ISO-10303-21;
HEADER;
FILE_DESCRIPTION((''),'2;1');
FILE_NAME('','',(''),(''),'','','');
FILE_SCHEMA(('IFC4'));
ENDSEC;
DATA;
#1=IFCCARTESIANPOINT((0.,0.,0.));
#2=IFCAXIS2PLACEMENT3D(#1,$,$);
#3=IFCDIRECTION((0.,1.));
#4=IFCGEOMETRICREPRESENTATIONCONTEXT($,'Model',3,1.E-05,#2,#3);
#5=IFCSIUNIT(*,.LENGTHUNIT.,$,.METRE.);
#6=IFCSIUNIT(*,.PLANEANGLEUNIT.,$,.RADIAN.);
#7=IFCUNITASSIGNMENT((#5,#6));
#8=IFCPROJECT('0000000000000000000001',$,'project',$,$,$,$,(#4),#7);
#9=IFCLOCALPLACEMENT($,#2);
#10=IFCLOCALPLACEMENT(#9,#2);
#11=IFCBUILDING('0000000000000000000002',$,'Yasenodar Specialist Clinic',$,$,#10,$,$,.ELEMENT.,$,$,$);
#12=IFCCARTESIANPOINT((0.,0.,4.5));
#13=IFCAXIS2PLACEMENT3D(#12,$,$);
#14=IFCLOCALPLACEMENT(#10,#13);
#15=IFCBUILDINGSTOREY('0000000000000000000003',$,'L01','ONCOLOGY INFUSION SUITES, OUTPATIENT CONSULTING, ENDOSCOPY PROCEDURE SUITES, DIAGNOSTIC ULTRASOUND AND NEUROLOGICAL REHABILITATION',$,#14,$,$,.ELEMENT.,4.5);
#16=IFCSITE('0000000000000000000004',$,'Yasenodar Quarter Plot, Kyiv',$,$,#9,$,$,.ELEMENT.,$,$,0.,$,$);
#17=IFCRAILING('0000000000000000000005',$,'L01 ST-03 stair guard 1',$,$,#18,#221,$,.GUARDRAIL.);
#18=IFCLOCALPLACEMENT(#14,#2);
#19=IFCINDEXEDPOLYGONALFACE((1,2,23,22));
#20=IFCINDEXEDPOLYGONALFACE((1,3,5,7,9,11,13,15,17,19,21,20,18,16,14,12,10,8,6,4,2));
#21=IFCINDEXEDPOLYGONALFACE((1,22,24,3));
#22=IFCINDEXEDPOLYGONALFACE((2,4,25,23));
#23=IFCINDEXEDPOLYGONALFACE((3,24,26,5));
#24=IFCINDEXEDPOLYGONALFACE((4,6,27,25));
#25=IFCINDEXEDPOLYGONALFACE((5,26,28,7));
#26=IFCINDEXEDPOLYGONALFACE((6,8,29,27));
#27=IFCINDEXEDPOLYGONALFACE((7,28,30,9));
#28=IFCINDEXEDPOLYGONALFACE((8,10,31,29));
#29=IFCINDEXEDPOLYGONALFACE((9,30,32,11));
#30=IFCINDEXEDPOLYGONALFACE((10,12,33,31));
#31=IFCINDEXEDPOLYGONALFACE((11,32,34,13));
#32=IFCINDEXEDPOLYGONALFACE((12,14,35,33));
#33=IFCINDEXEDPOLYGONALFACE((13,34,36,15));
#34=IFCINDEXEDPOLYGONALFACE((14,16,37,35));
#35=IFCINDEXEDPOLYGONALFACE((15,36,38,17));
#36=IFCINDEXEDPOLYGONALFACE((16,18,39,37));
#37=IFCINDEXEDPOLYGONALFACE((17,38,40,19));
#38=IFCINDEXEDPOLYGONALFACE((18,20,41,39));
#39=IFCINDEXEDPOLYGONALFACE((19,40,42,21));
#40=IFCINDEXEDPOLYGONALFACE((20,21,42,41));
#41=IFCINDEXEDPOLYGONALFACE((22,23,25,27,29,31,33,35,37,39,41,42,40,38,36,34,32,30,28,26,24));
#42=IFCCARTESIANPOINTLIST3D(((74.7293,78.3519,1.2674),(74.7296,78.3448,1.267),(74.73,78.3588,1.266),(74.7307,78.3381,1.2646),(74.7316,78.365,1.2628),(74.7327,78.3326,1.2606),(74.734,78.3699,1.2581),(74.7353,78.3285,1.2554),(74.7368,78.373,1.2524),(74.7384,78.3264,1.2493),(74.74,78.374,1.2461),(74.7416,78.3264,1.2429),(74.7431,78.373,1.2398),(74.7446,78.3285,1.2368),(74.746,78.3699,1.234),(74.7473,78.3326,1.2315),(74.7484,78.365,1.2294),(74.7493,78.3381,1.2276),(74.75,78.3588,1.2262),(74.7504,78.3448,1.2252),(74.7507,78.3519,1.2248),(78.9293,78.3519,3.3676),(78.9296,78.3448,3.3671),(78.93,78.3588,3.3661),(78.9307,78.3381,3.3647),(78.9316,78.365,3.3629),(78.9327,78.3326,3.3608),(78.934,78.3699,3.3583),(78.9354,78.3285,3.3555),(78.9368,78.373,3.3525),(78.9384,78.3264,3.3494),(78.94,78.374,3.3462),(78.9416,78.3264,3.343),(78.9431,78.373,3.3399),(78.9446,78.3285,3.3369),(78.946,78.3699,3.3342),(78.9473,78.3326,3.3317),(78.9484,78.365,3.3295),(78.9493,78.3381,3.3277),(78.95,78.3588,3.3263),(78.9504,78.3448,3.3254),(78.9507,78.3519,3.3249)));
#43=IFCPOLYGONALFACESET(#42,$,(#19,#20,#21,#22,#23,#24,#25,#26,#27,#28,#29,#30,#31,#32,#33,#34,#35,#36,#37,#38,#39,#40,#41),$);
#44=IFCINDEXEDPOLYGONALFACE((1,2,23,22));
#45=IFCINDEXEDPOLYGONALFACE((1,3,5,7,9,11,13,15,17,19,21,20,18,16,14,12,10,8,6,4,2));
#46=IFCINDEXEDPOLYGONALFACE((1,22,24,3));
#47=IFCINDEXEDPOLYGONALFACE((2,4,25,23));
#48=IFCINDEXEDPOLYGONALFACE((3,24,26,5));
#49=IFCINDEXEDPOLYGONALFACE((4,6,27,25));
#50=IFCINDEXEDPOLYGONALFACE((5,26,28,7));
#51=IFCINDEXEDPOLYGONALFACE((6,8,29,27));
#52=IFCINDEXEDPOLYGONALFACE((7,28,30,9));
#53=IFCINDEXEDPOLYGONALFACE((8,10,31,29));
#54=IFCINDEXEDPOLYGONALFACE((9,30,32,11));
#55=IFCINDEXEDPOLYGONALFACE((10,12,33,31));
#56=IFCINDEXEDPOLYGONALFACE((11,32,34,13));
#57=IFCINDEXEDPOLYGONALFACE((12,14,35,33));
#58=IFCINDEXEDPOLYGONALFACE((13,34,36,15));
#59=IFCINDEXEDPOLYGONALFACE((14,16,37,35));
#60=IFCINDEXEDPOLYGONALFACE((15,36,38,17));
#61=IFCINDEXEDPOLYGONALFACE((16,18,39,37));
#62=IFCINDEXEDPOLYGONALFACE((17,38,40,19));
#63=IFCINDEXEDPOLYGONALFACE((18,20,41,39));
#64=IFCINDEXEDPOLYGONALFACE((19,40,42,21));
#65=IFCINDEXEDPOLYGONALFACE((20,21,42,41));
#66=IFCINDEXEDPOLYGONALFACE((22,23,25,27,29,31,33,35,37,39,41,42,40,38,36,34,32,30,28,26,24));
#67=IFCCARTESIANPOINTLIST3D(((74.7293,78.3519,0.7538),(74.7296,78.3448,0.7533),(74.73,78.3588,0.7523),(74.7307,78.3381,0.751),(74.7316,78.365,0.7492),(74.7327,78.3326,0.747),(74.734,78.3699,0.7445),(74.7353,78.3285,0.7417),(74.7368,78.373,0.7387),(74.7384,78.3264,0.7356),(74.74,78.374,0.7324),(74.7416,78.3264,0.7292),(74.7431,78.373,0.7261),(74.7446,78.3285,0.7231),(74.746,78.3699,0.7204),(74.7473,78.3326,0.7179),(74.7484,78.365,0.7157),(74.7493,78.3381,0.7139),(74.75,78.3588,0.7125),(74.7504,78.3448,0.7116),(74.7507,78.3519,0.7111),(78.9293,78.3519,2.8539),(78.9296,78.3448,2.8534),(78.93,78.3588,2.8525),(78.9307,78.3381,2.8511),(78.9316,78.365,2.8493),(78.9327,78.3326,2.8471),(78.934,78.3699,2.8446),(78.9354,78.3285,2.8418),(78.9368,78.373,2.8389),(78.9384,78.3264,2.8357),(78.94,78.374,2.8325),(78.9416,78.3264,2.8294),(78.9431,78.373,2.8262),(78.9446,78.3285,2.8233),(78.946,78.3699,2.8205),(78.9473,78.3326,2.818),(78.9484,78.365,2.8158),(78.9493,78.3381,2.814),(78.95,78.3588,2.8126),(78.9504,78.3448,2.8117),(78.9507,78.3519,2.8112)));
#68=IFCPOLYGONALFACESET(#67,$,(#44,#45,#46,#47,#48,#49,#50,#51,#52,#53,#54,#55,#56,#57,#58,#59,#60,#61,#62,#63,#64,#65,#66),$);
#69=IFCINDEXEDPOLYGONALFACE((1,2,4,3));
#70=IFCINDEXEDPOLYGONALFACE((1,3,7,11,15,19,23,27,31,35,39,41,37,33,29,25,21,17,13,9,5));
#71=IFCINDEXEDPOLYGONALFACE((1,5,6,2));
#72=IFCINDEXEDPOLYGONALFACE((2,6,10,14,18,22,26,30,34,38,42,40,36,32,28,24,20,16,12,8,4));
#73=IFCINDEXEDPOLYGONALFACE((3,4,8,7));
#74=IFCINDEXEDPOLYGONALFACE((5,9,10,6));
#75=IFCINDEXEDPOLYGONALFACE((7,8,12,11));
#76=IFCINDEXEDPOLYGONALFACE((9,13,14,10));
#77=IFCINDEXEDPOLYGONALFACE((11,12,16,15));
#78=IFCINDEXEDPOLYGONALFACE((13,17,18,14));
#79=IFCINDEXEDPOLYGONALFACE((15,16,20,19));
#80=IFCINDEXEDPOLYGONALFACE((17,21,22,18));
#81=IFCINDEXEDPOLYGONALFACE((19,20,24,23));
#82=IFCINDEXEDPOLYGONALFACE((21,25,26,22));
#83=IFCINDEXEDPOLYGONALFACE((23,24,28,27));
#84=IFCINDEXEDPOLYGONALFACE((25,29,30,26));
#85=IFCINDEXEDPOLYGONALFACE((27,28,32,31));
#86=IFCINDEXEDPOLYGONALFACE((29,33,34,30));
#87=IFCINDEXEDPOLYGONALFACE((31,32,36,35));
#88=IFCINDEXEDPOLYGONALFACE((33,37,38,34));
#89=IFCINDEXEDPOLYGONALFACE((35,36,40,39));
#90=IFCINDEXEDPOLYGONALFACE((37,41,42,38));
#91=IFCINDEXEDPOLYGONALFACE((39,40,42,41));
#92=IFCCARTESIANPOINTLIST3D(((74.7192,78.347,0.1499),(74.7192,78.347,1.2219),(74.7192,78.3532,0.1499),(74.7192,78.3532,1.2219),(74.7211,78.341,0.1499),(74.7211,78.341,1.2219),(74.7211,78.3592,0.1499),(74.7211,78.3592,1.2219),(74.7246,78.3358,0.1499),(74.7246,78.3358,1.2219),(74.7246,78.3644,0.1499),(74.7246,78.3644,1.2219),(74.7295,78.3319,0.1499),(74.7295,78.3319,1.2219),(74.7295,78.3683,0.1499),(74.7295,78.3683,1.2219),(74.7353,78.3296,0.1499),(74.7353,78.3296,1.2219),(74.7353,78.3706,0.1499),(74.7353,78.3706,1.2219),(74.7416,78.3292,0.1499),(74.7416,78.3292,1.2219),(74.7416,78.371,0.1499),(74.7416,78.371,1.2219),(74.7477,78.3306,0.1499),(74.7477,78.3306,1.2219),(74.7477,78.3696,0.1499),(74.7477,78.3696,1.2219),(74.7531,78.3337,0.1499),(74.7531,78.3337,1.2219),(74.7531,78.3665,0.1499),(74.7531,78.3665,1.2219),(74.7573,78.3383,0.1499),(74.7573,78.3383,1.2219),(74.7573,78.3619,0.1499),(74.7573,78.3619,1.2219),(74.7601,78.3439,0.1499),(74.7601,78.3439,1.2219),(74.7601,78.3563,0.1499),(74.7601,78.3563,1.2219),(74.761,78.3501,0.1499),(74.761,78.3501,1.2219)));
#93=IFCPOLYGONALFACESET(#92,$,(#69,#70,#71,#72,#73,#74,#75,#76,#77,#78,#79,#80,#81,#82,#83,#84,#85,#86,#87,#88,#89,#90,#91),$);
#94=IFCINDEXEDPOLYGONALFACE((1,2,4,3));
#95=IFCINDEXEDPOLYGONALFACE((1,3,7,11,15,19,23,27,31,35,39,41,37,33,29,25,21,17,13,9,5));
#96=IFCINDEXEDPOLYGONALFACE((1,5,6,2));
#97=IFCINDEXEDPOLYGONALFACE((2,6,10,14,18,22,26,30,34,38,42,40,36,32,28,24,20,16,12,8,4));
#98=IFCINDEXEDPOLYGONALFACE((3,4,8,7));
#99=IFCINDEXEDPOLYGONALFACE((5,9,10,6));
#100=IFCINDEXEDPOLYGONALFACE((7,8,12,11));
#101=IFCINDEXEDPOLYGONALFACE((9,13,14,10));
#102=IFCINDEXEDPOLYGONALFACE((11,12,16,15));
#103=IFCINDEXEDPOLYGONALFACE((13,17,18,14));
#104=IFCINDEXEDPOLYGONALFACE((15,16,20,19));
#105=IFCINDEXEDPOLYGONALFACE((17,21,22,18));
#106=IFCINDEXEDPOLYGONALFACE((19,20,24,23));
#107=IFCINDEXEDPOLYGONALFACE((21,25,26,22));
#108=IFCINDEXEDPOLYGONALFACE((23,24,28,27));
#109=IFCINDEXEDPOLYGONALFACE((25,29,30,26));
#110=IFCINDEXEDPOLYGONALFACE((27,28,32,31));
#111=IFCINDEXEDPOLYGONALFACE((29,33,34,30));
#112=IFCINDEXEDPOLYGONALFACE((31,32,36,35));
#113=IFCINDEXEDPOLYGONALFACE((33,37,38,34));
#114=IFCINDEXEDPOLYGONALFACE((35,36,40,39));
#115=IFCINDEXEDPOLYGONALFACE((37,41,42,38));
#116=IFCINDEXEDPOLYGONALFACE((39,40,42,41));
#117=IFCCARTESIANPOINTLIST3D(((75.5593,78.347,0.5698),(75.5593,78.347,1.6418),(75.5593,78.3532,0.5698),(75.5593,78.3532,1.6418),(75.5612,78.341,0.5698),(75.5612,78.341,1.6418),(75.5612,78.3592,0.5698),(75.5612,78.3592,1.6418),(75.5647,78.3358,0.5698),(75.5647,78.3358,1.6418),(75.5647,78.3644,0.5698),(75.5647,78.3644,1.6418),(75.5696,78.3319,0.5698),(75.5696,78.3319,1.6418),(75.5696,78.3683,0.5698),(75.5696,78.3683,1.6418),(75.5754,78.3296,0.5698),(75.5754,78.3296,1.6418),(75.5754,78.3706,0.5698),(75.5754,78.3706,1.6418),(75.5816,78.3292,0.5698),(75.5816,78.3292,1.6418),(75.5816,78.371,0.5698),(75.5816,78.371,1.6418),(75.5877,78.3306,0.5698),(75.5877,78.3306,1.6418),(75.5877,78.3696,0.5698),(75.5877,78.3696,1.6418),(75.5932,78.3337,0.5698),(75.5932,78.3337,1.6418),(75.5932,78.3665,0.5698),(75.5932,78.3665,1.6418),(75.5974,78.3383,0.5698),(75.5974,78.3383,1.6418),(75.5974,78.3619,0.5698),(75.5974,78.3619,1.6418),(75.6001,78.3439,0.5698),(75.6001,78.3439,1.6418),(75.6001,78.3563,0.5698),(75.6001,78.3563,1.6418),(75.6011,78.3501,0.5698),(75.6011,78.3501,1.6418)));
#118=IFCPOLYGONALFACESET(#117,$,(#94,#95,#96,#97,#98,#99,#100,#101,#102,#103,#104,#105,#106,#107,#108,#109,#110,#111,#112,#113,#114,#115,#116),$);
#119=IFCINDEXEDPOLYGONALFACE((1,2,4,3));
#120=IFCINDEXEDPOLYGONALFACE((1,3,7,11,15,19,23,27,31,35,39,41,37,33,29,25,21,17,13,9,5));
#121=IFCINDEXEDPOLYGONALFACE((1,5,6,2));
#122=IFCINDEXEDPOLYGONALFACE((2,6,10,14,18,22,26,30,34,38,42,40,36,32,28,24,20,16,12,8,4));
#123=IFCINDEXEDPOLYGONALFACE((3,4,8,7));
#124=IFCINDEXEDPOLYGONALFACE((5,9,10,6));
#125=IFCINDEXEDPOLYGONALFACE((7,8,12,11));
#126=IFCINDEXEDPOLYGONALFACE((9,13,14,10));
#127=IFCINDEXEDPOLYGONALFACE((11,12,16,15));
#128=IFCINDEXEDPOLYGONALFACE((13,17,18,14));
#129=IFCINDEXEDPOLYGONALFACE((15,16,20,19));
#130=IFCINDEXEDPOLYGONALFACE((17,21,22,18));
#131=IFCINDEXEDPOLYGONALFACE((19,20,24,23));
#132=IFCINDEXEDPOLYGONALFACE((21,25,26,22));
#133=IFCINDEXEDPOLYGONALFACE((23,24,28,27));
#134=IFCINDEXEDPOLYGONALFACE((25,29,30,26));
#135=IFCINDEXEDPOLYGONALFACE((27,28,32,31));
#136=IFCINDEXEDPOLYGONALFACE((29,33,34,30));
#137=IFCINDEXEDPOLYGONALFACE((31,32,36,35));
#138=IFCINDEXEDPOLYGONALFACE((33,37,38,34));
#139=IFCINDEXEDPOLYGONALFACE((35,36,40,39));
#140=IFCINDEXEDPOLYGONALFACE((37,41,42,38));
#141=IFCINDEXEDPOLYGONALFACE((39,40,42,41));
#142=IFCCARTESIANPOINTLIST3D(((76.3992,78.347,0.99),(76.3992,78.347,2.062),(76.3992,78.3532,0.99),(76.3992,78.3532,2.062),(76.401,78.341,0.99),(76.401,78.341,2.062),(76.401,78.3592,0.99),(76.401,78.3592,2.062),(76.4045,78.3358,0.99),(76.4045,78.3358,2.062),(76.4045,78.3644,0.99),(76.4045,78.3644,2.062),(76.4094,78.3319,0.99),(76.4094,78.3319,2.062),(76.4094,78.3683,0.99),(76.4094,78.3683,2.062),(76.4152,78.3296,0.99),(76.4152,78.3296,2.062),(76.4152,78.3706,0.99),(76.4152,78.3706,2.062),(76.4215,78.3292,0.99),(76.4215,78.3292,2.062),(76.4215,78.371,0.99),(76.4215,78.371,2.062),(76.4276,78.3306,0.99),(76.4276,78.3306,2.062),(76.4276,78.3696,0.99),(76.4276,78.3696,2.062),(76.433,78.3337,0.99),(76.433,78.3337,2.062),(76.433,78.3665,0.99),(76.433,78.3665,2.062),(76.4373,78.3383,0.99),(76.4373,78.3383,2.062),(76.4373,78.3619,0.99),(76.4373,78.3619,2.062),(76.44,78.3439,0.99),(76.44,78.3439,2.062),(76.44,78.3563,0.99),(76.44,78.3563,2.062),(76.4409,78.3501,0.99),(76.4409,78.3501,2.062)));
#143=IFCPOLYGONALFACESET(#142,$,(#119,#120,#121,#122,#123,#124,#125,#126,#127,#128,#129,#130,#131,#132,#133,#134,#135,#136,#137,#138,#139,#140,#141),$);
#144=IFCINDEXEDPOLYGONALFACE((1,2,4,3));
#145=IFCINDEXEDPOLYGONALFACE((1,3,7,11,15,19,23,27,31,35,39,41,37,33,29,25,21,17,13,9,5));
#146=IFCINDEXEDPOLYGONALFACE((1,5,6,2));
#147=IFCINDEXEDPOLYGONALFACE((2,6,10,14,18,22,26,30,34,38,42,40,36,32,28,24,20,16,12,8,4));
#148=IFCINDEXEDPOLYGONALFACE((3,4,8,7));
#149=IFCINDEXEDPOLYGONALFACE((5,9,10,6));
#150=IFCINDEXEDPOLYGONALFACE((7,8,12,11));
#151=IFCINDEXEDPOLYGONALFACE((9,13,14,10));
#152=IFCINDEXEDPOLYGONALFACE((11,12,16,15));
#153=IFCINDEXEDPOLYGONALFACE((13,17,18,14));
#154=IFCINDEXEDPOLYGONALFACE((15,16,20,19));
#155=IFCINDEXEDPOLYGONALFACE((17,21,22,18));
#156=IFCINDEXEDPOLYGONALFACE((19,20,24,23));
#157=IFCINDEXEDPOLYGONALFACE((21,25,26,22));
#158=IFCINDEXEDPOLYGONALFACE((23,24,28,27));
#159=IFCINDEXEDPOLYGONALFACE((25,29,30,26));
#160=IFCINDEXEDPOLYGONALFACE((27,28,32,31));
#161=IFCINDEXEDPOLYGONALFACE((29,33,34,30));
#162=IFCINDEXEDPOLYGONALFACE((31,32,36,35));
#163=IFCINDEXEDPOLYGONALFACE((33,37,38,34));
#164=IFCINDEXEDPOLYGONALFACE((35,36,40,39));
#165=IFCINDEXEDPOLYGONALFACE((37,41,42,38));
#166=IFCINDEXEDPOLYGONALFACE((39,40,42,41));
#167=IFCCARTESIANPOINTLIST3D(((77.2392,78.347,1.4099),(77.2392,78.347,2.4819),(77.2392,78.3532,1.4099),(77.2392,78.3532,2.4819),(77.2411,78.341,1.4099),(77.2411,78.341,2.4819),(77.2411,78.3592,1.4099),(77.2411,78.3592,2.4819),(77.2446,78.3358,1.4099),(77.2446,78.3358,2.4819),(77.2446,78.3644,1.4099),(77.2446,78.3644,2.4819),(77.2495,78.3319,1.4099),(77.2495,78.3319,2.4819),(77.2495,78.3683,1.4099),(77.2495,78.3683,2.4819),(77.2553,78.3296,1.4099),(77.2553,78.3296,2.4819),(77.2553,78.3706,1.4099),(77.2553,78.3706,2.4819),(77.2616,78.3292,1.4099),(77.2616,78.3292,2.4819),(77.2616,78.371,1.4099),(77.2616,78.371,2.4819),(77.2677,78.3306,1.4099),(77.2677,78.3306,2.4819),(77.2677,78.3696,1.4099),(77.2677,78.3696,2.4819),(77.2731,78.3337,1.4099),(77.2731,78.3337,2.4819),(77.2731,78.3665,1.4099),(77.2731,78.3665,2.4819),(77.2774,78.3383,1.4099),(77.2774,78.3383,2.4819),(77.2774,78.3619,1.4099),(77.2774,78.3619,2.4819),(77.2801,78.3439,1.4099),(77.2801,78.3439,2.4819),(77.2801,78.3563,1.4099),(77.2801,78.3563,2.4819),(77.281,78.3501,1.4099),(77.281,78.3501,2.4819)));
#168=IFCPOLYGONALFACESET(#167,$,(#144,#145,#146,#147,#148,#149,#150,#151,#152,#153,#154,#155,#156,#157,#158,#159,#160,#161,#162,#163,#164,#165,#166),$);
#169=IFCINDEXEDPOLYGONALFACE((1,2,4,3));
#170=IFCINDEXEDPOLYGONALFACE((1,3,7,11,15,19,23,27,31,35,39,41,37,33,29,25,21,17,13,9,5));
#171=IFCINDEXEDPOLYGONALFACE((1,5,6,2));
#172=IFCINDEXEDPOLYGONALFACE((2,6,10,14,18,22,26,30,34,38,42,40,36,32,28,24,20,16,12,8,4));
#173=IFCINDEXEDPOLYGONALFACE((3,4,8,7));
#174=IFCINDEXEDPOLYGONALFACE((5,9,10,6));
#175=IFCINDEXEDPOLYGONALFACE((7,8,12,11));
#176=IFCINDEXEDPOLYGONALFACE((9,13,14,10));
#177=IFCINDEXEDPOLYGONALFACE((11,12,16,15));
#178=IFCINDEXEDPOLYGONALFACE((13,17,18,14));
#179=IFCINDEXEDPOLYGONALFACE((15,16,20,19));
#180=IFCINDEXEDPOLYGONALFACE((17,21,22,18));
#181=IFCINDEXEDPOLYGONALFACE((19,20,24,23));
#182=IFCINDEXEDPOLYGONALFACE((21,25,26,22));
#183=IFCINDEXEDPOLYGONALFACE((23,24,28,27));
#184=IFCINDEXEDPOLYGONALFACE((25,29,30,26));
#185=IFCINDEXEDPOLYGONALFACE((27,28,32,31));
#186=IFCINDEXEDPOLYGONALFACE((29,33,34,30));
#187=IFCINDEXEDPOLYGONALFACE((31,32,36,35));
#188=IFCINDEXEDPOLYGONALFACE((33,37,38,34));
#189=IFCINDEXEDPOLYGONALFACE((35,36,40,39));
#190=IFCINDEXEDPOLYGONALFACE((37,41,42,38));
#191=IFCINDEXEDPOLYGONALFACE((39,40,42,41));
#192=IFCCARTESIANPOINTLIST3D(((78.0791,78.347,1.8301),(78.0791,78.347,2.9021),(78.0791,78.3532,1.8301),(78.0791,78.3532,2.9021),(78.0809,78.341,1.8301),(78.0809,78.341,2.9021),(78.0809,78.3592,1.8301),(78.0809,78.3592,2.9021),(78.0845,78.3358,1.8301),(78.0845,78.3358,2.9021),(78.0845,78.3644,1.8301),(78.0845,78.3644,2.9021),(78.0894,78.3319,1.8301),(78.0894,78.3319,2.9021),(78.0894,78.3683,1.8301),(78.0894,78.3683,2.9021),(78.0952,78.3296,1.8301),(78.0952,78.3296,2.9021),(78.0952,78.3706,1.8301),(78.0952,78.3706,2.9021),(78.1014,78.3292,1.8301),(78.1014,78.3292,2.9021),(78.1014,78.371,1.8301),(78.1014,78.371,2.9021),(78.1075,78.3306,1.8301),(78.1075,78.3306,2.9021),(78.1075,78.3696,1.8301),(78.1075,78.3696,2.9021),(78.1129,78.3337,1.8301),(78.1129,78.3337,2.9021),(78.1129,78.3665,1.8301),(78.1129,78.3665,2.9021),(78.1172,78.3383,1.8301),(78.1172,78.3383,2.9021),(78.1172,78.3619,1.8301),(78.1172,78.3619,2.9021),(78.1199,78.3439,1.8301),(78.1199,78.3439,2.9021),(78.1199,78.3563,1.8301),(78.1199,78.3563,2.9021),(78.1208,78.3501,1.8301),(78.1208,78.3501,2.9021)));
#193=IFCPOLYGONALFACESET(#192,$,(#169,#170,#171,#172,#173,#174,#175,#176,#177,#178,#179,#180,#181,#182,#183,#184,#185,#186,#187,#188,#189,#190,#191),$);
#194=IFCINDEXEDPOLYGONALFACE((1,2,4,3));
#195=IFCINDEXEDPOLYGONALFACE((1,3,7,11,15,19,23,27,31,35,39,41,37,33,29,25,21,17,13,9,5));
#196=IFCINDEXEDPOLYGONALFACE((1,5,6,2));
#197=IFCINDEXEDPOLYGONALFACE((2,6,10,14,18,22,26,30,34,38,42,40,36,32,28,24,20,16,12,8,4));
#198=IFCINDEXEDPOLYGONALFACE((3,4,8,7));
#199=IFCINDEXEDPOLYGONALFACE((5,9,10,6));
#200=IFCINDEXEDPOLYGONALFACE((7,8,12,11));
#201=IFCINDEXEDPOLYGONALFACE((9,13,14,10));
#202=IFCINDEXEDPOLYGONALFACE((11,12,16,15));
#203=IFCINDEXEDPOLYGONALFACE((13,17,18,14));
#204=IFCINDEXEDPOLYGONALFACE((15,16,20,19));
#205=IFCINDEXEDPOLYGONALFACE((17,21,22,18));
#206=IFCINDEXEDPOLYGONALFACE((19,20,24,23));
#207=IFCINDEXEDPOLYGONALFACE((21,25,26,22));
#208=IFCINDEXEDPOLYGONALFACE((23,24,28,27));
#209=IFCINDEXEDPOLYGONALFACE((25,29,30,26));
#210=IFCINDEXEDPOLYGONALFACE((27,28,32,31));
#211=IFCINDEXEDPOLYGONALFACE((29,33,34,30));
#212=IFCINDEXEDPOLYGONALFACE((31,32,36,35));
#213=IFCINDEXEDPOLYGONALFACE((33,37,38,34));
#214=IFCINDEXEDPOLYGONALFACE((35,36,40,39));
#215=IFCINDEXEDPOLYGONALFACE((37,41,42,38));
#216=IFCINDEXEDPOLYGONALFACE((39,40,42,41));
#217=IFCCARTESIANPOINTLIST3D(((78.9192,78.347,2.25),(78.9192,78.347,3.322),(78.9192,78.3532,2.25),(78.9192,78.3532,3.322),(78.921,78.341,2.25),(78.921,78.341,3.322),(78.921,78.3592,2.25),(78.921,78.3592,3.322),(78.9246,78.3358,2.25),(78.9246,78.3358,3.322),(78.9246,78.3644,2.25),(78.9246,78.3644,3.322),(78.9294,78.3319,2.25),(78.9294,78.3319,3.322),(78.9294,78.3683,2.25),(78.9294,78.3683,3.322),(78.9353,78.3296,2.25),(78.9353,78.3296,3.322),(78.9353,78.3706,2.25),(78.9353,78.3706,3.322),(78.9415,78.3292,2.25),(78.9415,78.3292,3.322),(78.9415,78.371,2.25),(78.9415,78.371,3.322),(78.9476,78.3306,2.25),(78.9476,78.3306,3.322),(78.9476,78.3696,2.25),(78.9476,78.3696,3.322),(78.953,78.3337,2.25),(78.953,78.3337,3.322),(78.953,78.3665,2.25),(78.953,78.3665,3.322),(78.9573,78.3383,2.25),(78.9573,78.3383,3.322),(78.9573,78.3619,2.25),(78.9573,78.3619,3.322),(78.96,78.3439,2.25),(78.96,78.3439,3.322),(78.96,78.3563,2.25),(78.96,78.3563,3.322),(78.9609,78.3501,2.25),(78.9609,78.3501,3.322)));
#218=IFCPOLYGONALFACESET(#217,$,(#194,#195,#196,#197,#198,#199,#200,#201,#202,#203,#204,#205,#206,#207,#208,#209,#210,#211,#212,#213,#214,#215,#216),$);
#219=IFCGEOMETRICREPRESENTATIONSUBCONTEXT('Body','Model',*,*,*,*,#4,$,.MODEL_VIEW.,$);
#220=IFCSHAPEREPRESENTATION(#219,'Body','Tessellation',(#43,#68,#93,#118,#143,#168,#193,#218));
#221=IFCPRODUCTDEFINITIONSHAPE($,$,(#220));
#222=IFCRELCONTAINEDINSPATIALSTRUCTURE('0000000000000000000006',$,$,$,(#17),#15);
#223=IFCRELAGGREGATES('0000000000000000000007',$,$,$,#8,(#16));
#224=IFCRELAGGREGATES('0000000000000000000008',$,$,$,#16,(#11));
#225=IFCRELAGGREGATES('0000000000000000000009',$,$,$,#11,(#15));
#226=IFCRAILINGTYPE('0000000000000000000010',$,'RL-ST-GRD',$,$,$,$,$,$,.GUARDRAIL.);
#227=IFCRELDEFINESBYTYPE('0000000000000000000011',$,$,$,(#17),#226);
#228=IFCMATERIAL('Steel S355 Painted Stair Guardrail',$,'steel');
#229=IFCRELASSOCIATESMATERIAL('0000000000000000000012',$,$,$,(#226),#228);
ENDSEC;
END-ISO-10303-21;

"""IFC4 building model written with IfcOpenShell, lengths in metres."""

from ifc_helpers import new_model, si_unit, direction, frame, origin, origin_2d, place, context, subcontext, project, spatial, circle, extrude, material, type_object, element, save


model = new_model("IFC4")

# Units and contexts
model_context = context("Model", 3, precision=1e-05, world=origin(), true_north=direction((0.0, 1.0)))
body_context = subcontext(model_context, "Body", "Model", "MODEL_VIEW")
ifc_project = project(units=[si_unit("LENGTHUNIT", "METRE"), si_unit("PLANEANGLEUNIT", "RADIAN")], contexts=[model_context])

# Site, building, storey
site_placement = place(None, origin())
site = spatial("IfcSite", under=ifc_project, at=site_placement, Name="Yasenodar Quarter Plot, Kyiv", CompositionType="ELEMENT", RefElevation=0.0)
building_placement = place(site_placement, origin())
building = spatial("IfcBuilding", under=site, at=building_placement, Name="Yasenodar Specialist Clinic", CompositionType="ELEMENT")
storey_placement = place(building_placement, frame((0.0, 0.0, 4.5)))
storey = spatial("IfcBuildingStorey", under=building, at=storey_placement, Name="L01", Description="ONCOLOGY INFUSION SUITES, OUTPATIENT CONSULTING, ENDOSCOPY PROCEDURE SUITES, DIAGNOSTIC ULTRASOUND AND NEUROLOGICAL REHABILITATION", CompositionType="ELEMENT", Elevation=4.5)

# Railing
ifc_material_1 = material(Name="Steel S355 Painted Stair Guardrail", Category="steel")
railing_type_1 = type_object("IfcRailingType", Name="RL-ST-GRD", PredefinedType="GUARDRAIL", material=ifc_material_1)
railing_1_placement = place(storey_placement, frame((74.74, 78.3501, 0.1499)))
element("IfcRailing", 1, at=railing_1_placement, inside=storey, type_object=railing_type_1, Name="L01 ST-03 stair guard 1", PredefinedType="GUARDRAIL", context=body_context, shape_type="SweptSolid", body=[
    extrude(circle(Radius=0.0239, at=origin_2d()), frame((0.0, 0.0, 1.0962), z_axis=(0.894417, 0.0, 0.447234), x_axis=(0.0, 1.0, 0.0)), (0.0, 0.0, 1.0), 4.6958),
    extrude(circle(Radius=0.0239, at=origin_2d()), frame((0.0, 0.0, 0.5825), z_axis=(0.894417, 0.0, 0.447234), x_axis=(0.0, 1.0, 0.0)), (0.0, 0.0, 1.0), 4.6958),
    extrude(circle(Radius=0.021, at=origin_2d()), origin(), (0.0, 0.0, 1.0), 1.072),
    extrude(circle(Radius=0.021, at=origin_2d()), frame((0.8401, 0.0, 0.4199)), (0.0, 0.0, 1.0), 1.072),
    extrude(circle(Radius=0.021, at=origin_2d()), frame((1.6799, 0.0, 0.8401)), (0.0, 0.0, 1.0), 1.072),
    extrude(circle(Radius=0.021, at=origin_2d()), frame((2.52, 0.0, 1.26)), (0.0, 0.0, 1.0), 1.072),
    extrude(circle(Radius=0.021, at=origin_2d()), frame((3.3599, 0.0, 1.6802)), (0.0, 0.0, 1.0), 1.072),
    extrude(circle(Radius=0.021, at=origin_2d()), frame((4.2, 0.0, 2.1001)), (0.0, 0.0, 1.0), 1.072),
])

save(model, "model.ifc")
